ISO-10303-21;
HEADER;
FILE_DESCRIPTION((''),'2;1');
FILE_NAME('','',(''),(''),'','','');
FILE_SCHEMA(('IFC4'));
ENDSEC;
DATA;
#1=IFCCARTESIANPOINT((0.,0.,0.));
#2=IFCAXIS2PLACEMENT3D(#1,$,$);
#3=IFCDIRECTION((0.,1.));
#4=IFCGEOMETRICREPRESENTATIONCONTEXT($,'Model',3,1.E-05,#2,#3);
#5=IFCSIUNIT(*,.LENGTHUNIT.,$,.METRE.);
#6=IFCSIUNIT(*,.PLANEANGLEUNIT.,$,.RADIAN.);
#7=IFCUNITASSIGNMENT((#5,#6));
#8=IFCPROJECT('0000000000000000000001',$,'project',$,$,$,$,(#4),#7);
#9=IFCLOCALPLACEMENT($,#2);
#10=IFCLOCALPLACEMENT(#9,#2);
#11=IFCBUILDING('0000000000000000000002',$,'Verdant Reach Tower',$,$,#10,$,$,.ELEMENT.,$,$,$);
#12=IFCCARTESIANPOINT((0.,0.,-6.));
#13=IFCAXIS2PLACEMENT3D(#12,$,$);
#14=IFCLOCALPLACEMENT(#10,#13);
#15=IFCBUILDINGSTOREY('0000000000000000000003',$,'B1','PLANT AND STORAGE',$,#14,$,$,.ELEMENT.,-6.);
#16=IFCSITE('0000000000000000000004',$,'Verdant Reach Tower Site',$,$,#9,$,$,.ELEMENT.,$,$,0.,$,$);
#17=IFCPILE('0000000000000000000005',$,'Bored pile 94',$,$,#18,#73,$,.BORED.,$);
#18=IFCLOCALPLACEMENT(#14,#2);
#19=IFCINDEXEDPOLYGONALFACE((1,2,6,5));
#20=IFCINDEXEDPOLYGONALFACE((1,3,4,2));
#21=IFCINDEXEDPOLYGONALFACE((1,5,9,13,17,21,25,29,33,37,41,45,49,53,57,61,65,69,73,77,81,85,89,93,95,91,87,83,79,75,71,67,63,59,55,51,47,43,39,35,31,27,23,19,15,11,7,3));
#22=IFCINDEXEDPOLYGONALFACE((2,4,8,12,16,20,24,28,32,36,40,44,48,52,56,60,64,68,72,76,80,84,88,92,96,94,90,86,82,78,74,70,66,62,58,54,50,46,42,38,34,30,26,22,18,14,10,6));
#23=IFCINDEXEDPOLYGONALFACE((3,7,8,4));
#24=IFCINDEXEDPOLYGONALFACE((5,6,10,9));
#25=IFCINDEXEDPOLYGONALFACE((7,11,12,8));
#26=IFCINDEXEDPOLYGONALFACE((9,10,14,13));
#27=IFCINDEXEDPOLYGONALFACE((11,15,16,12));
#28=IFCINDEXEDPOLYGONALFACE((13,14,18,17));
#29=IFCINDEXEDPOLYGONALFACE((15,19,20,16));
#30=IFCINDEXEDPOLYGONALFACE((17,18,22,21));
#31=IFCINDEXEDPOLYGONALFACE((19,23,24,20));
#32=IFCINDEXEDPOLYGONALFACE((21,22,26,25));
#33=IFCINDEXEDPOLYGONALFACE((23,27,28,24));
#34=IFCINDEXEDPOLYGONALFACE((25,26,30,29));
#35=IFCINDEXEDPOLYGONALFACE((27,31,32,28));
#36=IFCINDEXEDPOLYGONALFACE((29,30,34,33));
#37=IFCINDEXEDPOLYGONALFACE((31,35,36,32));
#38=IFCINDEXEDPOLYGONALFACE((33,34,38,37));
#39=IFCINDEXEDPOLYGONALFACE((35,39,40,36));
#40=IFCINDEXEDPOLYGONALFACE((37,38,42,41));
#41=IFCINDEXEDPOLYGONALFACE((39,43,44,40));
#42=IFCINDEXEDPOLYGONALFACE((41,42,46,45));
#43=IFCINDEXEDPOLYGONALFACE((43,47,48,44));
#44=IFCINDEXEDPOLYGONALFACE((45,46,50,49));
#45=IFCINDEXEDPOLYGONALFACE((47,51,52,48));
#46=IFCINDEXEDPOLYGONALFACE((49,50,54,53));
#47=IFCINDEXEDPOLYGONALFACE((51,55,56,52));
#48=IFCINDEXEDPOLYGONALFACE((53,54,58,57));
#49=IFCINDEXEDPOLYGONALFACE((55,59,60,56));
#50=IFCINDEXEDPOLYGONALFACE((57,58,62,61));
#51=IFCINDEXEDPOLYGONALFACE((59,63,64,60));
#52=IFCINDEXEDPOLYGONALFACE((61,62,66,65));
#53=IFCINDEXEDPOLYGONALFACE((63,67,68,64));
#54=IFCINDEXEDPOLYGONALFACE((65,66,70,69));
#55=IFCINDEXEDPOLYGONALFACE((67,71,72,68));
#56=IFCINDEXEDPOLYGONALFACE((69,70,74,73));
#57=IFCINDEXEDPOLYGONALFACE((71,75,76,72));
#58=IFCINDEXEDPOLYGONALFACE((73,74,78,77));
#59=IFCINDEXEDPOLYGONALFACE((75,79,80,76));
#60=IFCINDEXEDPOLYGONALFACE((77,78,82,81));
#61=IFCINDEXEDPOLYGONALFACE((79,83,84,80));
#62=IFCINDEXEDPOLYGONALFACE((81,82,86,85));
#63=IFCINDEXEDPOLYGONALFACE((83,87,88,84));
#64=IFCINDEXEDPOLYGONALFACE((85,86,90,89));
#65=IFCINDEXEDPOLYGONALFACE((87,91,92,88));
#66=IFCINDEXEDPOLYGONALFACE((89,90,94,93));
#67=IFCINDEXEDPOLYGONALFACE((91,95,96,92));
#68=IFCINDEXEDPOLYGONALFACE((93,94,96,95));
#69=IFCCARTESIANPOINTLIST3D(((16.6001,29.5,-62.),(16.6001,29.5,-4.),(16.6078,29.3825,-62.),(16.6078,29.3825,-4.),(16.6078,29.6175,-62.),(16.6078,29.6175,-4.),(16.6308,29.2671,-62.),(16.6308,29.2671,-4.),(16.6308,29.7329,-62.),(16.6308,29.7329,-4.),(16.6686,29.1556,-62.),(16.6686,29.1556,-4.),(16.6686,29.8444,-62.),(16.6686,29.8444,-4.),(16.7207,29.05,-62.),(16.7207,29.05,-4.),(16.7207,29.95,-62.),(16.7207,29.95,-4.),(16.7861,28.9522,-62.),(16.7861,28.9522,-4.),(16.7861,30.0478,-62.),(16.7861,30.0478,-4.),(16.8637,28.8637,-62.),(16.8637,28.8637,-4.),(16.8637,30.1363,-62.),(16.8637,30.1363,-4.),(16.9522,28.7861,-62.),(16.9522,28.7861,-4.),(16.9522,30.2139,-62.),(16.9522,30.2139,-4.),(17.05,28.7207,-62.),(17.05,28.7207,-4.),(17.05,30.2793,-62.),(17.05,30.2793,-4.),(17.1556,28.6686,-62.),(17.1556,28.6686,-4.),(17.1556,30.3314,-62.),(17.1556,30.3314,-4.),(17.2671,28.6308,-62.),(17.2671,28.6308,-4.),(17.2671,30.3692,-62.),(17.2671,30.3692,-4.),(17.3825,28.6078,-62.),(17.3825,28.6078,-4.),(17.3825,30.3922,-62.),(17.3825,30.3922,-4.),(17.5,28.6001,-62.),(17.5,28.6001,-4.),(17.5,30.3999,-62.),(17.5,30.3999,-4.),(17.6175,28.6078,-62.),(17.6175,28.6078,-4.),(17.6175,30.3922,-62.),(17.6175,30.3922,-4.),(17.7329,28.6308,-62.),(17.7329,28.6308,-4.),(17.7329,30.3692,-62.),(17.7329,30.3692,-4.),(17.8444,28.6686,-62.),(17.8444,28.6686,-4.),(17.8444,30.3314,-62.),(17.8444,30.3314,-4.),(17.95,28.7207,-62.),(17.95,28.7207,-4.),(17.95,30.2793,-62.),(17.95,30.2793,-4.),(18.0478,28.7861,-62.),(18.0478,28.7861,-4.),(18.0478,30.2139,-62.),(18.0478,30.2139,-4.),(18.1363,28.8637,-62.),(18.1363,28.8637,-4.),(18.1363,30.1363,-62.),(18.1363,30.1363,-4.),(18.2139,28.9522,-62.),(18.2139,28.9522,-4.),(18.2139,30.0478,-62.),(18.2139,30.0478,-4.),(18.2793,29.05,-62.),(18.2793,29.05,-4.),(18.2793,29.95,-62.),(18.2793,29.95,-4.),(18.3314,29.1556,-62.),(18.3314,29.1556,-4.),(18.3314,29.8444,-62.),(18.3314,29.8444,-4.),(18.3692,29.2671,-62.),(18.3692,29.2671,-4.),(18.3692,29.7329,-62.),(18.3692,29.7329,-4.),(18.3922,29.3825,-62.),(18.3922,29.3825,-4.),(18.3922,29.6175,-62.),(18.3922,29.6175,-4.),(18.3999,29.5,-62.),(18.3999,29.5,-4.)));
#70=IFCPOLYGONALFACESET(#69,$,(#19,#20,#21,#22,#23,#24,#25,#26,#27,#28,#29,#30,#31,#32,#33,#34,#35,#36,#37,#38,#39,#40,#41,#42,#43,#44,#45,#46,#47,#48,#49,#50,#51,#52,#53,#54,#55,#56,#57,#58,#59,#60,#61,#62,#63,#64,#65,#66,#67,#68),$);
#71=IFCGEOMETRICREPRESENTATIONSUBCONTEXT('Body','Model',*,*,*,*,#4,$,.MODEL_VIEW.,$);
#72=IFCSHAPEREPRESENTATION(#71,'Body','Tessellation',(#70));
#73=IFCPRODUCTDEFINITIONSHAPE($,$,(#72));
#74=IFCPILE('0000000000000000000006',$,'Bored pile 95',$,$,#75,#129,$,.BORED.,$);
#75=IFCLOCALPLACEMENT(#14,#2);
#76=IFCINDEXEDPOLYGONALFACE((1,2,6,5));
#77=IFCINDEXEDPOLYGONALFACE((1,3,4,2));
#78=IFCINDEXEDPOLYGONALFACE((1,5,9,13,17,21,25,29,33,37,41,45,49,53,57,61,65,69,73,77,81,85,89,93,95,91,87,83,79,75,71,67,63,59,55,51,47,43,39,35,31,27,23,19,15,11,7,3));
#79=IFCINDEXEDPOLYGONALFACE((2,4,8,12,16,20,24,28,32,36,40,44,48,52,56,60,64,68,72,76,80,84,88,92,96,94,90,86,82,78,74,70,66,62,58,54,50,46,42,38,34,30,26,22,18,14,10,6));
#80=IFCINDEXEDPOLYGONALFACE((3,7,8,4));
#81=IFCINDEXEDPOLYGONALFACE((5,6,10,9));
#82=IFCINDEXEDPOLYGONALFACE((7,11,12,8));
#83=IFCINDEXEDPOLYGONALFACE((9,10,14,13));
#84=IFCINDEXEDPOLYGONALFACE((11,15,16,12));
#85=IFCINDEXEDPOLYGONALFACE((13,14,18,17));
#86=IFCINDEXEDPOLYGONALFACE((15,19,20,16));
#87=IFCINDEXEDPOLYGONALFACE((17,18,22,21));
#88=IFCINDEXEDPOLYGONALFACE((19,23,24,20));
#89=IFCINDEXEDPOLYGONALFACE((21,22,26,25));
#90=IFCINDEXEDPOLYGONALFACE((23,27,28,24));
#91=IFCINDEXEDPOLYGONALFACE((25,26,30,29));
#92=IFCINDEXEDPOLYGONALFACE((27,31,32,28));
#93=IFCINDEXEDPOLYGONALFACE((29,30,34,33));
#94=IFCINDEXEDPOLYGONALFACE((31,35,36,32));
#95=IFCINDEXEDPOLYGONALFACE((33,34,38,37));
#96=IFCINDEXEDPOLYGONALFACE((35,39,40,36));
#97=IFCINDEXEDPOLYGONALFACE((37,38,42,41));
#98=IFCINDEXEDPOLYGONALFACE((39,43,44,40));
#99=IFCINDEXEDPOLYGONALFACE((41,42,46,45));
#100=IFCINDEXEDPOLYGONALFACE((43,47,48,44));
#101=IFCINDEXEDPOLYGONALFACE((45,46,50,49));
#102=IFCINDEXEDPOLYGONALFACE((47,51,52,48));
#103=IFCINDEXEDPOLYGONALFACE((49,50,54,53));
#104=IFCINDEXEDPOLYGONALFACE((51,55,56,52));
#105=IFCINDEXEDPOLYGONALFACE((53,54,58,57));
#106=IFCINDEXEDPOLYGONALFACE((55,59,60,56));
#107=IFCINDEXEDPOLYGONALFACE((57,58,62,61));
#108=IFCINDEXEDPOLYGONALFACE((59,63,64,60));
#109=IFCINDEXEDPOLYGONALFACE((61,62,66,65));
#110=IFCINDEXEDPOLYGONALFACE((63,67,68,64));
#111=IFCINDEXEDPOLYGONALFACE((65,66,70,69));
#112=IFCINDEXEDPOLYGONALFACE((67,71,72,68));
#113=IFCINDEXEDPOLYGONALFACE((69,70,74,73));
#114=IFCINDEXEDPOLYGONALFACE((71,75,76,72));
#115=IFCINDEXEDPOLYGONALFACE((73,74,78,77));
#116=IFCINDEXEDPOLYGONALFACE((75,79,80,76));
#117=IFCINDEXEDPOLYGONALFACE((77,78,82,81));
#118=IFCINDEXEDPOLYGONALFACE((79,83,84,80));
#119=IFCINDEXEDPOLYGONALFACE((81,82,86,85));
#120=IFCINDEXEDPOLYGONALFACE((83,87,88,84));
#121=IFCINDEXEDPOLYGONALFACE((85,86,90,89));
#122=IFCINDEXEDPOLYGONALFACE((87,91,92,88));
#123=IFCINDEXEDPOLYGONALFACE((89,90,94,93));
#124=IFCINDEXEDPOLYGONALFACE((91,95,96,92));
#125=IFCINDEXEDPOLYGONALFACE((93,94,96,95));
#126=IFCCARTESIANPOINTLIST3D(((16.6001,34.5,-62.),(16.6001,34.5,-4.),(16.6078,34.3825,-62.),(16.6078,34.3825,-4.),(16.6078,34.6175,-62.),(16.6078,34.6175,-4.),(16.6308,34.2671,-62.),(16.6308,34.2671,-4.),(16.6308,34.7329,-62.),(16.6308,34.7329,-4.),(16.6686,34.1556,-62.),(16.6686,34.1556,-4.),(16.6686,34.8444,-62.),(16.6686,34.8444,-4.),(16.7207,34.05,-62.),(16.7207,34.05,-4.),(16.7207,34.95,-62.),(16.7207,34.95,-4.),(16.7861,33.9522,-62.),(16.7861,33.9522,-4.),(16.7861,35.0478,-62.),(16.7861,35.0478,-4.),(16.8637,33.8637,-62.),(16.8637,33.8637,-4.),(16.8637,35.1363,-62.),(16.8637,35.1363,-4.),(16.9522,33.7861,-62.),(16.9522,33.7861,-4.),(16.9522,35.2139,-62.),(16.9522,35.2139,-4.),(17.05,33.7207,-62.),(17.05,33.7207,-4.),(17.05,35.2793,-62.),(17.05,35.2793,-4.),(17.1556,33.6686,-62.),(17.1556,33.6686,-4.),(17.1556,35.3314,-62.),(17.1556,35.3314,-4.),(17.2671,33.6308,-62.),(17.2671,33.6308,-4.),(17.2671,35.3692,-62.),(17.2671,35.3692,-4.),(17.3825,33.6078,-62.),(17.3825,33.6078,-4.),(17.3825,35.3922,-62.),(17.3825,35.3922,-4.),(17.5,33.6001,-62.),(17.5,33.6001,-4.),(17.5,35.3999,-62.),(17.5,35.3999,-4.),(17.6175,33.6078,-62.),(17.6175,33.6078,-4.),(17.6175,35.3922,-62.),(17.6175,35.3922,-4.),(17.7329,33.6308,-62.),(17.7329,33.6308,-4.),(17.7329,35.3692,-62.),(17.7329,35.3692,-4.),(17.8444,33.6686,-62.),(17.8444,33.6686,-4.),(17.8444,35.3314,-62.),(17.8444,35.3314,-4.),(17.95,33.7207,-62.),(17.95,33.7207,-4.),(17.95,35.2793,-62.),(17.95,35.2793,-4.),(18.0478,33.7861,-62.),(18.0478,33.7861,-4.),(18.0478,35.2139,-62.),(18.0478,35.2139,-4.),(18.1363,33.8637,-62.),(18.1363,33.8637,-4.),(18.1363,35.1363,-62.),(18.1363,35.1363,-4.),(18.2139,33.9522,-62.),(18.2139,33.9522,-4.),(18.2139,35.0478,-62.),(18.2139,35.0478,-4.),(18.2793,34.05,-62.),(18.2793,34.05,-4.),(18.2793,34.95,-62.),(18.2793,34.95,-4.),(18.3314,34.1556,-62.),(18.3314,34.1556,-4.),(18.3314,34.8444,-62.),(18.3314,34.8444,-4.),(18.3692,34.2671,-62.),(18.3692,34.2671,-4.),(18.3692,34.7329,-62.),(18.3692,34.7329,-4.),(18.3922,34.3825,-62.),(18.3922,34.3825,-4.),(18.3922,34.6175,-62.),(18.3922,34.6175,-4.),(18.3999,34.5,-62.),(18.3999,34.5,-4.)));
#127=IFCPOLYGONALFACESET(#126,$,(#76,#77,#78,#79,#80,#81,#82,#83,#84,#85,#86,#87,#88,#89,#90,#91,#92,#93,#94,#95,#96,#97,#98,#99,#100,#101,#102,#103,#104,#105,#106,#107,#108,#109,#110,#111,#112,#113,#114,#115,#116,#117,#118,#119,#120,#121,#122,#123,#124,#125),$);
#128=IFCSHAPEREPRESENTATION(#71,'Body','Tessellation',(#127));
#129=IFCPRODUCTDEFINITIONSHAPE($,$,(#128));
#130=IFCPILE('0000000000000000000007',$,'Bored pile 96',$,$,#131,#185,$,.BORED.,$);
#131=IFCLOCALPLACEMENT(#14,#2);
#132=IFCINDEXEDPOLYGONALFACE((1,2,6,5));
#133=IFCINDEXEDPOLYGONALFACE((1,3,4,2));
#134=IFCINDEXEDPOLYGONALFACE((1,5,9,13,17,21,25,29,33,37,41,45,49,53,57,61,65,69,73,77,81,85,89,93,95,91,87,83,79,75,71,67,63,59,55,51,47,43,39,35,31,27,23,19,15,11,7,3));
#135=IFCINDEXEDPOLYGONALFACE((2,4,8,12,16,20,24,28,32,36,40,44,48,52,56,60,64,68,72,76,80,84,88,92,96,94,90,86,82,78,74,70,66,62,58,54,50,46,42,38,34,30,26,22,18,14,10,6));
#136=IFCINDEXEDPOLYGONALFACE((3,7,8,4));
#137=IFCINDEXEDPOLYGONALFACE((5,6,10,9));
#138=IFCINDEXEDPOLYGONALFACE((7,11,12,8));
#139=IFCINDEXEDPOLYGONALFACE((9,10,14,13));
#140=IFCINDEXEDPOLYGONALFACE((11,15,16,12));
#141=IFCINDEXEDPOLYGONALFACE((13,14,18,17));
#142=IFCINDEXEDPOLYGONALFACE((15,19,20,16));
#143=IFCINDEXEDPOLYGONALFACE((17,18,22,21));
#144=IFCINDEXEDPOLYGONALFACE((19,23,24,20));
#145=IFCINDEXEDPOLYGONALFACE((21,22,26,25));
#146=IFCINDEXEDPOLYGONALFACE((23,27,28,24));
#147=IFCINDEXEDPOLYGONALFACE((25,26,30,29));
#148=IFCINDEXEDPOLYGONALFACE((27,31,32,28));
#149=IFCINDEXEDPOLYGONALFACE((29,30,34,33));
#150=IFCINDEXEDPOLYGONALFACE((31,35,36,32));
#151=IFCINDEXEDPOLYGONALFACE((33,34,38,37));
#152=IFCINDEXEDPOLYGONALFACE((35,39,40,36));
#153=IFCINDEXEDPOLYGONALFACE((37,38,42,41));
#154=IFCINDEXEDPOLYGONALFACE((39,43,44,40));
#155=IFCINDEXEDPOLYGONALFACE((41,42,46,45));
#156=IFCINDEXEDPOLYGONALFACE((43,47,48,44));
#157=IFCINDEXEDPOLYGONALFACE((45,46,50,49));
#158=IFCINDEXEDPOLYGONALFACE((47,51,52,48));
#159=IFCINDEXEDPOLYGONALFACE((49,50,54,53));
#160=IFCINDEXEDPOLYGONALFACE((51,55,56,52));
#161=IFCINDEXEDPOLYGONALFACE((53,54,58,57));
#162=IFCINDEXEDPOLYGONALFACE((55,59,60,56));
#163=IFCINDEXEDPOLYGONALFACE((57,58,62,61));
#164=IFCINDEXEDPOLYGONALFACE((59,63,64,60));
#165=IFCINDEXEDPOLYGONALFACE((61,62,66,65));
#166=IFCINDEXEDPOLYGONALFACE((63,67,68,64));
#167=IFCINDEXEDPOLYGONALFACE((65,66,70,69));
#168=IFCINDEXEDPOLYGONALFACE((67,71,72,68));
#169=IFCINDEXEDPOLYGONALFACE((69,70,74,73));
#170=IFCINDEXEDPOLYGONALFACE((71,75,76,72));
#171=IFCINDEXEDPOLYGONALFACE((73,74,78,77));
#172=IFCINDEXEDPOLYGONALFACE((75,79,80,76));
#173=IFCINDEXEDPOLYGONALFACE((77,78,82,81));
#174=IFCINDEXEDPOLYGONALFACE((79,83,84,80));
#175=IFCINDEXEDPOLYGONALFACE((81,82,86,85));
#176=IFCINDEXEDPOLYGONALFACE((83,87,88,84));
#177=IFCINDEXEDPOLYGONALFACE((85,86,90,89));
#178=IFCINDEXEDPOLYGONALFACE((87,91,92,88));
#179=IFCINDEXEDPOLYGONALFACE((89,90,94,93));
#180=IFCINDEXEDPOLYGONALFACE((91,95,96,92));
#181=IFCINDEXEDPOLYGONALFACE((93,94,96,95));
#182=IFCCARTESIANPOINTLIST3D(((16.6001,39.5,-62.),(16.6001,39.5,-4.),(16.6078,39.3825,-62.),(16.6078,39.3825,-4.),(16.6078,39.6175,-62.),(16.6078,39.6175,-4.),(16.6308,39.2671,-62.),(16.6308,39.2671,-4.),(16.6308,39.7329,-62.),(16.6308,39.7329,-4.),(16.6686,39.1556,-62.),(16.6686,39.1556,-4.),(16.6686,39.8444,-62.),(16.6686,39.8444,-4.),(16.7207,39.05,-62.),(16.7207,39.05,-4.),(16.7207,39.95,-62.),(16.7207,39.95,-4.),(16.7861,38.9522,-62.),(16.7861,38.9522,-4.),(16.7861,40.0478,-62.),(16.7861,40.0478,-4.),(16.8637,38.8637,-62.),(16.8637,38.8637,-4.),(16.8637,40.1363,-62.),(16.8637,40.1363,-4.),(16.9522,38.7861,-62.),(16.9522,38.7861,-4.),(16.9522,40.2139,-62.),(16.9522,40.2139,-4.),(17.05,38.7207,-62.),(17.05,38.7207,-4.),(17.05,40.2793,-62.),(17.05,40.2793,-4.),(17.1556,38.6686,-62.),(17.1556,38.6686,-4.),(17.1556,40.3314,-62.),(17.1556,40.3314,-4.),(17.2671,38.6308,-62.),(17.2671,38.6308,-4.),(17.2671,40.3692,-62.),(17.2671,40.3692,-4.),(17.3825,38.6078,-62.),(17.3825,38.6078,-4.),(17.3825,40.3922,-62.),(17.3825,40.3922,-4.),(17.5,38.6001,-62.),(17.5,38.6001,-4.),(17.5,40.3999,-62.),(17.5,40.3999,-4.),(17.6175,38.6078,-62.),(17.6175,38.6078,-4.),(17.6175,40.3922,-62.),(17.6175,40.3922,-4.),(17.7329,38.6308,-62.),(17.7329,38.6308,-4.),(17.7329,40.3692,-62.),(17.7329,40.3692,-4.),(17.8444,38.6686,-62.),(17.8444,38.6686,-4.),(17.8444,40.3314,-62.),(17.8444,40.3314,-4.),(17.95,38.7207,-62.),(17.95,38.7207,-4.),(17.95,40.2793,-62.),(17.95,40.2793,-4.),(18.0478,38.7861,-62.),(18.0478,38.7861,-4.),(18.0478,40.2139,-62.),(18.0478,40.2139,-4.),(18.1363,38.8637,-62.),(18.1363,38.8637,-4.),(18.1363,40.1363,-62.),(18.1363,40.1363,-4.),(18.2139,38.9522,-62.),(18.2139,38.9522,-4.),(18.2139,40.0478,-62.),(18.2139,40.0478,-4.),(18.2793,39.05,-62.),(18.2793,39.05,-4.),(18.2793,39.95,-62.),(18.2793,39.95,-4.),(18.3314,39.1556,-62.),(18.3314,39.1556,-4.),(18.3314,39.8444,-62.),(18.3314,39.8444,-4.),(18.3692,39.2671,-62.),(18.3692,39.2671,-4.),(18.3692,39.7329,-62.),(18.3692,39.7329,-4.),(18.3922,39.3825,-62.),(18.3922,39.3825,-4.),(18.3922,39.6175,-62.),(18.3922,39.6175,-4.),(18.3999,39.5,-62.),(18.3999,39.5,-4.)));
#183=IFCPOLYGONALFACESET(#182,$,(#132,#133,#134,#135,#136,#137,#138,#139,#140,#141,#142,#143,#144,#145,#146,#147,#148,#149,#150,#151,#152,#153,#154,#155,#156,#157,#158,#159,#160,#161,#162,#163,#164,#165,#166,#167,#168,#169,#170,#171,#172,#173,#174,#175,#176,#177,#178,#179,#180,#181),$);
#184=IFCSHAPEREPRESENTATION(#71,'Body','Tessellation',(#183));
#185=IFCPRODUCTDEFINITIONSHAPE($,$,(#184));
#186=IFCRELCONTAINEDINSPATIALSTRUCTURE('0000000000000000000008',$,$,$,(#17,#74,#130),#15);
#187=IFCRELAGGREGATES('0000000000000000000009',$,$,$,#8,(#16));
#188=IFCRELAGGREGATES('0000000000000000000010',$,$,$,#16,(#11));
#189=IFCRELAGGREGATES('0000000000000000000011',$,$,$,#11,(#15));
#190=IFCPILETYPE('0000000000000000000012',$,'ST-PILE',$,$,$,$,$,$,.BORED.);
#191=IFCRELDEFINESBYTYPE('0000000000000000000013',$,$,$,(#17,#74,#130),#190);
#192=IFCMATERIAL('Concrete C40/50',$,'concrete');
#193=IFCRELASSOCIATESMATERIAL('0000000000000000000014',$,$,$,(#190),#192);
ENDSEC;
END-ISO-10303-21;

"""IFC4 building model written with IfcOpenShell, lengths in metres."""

from ifc_helpers import new_model, si_unit, direction, frame, origin, origin_2d, place, context, subcontext, project, spatial, circle, extrude, material, material_profile, profile_set, type_object, element, save


model = new_model("IFC4")

# Units and contexts
model_context = context("Model", 3, precision=1e-05, world=origin(), true_north=direction((0.0, 1.0)))
body_context = subcontext(model_context, "Body", "Model", "MODEL_VIEW")
ifc_project = project(units=[si_unit("LENGTHUNIT", "METRE"), si_unit("PLANEANGLEUNIT", "RADIAN")], contexts=[model_context])

# Site, building, storey
site_placement = place(None, origin())
site = spatial("IfcSite", under=ifc_project, at=site_placement, Name="Verdant Reach Tower Site", CompositionType="ELEMENT", RefElevation=0.0)
building_placement = place(site_placement, origin())
building = spatial("IfcBuilding", under=site, at=building_placement, Name="Verdant Reach Tower", CompositionType="ELEMENT")
storey_placement = place(building_placement, frame((0.0, 0.0, -6.0)))
storey = spatial("IfcBuildingStorey", under=building, at=storey_placement, Name="B1", Description="PLANT AND STORAGE", CompositionType="ELEMENT", Elevation=-6.0)

# Piles
ifc_material_1 = material(Name="Concrete C40/50", Category="concrete")
ifc_material_profile_1 = material_profile(ifc_material_1, circle(Radius=0.8999, at=origin_2d()), Name="BP 1800")
ifc_profile_set_1 = profile_set([ifc_material_profile_1], Name="Concrete C40/50")
pile_type = type_object("IfcPileType", Name="ST-PILE", PredefinedType="BORED", material=ifc_profile_set_1)
for number, where, z_axis, x_axis, name in (
    (1, (17.5, 29.5, -4.0), (0.0, 0.0, -1.0), (1.0, 0.0, 0.0), "Bored pile 94"),
    (2, (17.5, 34.5, -4.0), (0.0, 0.0, -1.0), (1.0, 0.0, 0.0), "Bored pile 95"),
    (3, (17.5, 39.5, -4.0), (0.0, 0.0, -1.0), (1.0, 0.0, 0.0), "Bored pile 96"),
):
    element("IfcPile", number, at=place(storey_placement, frame(where, z_axis=z_axis, x_axis=x_axis)), inside=storey, type_object=pile_type, Name=name, PredefinedType="BORED", context=body_context, shape_type="SweptSolid", body=[
        extrude(circle(Radius=0.8999, at=origin_2d()), origin(), (0.0, 0.0, 1.0), 58.0),
    ])

save(model, "model.ifc")
